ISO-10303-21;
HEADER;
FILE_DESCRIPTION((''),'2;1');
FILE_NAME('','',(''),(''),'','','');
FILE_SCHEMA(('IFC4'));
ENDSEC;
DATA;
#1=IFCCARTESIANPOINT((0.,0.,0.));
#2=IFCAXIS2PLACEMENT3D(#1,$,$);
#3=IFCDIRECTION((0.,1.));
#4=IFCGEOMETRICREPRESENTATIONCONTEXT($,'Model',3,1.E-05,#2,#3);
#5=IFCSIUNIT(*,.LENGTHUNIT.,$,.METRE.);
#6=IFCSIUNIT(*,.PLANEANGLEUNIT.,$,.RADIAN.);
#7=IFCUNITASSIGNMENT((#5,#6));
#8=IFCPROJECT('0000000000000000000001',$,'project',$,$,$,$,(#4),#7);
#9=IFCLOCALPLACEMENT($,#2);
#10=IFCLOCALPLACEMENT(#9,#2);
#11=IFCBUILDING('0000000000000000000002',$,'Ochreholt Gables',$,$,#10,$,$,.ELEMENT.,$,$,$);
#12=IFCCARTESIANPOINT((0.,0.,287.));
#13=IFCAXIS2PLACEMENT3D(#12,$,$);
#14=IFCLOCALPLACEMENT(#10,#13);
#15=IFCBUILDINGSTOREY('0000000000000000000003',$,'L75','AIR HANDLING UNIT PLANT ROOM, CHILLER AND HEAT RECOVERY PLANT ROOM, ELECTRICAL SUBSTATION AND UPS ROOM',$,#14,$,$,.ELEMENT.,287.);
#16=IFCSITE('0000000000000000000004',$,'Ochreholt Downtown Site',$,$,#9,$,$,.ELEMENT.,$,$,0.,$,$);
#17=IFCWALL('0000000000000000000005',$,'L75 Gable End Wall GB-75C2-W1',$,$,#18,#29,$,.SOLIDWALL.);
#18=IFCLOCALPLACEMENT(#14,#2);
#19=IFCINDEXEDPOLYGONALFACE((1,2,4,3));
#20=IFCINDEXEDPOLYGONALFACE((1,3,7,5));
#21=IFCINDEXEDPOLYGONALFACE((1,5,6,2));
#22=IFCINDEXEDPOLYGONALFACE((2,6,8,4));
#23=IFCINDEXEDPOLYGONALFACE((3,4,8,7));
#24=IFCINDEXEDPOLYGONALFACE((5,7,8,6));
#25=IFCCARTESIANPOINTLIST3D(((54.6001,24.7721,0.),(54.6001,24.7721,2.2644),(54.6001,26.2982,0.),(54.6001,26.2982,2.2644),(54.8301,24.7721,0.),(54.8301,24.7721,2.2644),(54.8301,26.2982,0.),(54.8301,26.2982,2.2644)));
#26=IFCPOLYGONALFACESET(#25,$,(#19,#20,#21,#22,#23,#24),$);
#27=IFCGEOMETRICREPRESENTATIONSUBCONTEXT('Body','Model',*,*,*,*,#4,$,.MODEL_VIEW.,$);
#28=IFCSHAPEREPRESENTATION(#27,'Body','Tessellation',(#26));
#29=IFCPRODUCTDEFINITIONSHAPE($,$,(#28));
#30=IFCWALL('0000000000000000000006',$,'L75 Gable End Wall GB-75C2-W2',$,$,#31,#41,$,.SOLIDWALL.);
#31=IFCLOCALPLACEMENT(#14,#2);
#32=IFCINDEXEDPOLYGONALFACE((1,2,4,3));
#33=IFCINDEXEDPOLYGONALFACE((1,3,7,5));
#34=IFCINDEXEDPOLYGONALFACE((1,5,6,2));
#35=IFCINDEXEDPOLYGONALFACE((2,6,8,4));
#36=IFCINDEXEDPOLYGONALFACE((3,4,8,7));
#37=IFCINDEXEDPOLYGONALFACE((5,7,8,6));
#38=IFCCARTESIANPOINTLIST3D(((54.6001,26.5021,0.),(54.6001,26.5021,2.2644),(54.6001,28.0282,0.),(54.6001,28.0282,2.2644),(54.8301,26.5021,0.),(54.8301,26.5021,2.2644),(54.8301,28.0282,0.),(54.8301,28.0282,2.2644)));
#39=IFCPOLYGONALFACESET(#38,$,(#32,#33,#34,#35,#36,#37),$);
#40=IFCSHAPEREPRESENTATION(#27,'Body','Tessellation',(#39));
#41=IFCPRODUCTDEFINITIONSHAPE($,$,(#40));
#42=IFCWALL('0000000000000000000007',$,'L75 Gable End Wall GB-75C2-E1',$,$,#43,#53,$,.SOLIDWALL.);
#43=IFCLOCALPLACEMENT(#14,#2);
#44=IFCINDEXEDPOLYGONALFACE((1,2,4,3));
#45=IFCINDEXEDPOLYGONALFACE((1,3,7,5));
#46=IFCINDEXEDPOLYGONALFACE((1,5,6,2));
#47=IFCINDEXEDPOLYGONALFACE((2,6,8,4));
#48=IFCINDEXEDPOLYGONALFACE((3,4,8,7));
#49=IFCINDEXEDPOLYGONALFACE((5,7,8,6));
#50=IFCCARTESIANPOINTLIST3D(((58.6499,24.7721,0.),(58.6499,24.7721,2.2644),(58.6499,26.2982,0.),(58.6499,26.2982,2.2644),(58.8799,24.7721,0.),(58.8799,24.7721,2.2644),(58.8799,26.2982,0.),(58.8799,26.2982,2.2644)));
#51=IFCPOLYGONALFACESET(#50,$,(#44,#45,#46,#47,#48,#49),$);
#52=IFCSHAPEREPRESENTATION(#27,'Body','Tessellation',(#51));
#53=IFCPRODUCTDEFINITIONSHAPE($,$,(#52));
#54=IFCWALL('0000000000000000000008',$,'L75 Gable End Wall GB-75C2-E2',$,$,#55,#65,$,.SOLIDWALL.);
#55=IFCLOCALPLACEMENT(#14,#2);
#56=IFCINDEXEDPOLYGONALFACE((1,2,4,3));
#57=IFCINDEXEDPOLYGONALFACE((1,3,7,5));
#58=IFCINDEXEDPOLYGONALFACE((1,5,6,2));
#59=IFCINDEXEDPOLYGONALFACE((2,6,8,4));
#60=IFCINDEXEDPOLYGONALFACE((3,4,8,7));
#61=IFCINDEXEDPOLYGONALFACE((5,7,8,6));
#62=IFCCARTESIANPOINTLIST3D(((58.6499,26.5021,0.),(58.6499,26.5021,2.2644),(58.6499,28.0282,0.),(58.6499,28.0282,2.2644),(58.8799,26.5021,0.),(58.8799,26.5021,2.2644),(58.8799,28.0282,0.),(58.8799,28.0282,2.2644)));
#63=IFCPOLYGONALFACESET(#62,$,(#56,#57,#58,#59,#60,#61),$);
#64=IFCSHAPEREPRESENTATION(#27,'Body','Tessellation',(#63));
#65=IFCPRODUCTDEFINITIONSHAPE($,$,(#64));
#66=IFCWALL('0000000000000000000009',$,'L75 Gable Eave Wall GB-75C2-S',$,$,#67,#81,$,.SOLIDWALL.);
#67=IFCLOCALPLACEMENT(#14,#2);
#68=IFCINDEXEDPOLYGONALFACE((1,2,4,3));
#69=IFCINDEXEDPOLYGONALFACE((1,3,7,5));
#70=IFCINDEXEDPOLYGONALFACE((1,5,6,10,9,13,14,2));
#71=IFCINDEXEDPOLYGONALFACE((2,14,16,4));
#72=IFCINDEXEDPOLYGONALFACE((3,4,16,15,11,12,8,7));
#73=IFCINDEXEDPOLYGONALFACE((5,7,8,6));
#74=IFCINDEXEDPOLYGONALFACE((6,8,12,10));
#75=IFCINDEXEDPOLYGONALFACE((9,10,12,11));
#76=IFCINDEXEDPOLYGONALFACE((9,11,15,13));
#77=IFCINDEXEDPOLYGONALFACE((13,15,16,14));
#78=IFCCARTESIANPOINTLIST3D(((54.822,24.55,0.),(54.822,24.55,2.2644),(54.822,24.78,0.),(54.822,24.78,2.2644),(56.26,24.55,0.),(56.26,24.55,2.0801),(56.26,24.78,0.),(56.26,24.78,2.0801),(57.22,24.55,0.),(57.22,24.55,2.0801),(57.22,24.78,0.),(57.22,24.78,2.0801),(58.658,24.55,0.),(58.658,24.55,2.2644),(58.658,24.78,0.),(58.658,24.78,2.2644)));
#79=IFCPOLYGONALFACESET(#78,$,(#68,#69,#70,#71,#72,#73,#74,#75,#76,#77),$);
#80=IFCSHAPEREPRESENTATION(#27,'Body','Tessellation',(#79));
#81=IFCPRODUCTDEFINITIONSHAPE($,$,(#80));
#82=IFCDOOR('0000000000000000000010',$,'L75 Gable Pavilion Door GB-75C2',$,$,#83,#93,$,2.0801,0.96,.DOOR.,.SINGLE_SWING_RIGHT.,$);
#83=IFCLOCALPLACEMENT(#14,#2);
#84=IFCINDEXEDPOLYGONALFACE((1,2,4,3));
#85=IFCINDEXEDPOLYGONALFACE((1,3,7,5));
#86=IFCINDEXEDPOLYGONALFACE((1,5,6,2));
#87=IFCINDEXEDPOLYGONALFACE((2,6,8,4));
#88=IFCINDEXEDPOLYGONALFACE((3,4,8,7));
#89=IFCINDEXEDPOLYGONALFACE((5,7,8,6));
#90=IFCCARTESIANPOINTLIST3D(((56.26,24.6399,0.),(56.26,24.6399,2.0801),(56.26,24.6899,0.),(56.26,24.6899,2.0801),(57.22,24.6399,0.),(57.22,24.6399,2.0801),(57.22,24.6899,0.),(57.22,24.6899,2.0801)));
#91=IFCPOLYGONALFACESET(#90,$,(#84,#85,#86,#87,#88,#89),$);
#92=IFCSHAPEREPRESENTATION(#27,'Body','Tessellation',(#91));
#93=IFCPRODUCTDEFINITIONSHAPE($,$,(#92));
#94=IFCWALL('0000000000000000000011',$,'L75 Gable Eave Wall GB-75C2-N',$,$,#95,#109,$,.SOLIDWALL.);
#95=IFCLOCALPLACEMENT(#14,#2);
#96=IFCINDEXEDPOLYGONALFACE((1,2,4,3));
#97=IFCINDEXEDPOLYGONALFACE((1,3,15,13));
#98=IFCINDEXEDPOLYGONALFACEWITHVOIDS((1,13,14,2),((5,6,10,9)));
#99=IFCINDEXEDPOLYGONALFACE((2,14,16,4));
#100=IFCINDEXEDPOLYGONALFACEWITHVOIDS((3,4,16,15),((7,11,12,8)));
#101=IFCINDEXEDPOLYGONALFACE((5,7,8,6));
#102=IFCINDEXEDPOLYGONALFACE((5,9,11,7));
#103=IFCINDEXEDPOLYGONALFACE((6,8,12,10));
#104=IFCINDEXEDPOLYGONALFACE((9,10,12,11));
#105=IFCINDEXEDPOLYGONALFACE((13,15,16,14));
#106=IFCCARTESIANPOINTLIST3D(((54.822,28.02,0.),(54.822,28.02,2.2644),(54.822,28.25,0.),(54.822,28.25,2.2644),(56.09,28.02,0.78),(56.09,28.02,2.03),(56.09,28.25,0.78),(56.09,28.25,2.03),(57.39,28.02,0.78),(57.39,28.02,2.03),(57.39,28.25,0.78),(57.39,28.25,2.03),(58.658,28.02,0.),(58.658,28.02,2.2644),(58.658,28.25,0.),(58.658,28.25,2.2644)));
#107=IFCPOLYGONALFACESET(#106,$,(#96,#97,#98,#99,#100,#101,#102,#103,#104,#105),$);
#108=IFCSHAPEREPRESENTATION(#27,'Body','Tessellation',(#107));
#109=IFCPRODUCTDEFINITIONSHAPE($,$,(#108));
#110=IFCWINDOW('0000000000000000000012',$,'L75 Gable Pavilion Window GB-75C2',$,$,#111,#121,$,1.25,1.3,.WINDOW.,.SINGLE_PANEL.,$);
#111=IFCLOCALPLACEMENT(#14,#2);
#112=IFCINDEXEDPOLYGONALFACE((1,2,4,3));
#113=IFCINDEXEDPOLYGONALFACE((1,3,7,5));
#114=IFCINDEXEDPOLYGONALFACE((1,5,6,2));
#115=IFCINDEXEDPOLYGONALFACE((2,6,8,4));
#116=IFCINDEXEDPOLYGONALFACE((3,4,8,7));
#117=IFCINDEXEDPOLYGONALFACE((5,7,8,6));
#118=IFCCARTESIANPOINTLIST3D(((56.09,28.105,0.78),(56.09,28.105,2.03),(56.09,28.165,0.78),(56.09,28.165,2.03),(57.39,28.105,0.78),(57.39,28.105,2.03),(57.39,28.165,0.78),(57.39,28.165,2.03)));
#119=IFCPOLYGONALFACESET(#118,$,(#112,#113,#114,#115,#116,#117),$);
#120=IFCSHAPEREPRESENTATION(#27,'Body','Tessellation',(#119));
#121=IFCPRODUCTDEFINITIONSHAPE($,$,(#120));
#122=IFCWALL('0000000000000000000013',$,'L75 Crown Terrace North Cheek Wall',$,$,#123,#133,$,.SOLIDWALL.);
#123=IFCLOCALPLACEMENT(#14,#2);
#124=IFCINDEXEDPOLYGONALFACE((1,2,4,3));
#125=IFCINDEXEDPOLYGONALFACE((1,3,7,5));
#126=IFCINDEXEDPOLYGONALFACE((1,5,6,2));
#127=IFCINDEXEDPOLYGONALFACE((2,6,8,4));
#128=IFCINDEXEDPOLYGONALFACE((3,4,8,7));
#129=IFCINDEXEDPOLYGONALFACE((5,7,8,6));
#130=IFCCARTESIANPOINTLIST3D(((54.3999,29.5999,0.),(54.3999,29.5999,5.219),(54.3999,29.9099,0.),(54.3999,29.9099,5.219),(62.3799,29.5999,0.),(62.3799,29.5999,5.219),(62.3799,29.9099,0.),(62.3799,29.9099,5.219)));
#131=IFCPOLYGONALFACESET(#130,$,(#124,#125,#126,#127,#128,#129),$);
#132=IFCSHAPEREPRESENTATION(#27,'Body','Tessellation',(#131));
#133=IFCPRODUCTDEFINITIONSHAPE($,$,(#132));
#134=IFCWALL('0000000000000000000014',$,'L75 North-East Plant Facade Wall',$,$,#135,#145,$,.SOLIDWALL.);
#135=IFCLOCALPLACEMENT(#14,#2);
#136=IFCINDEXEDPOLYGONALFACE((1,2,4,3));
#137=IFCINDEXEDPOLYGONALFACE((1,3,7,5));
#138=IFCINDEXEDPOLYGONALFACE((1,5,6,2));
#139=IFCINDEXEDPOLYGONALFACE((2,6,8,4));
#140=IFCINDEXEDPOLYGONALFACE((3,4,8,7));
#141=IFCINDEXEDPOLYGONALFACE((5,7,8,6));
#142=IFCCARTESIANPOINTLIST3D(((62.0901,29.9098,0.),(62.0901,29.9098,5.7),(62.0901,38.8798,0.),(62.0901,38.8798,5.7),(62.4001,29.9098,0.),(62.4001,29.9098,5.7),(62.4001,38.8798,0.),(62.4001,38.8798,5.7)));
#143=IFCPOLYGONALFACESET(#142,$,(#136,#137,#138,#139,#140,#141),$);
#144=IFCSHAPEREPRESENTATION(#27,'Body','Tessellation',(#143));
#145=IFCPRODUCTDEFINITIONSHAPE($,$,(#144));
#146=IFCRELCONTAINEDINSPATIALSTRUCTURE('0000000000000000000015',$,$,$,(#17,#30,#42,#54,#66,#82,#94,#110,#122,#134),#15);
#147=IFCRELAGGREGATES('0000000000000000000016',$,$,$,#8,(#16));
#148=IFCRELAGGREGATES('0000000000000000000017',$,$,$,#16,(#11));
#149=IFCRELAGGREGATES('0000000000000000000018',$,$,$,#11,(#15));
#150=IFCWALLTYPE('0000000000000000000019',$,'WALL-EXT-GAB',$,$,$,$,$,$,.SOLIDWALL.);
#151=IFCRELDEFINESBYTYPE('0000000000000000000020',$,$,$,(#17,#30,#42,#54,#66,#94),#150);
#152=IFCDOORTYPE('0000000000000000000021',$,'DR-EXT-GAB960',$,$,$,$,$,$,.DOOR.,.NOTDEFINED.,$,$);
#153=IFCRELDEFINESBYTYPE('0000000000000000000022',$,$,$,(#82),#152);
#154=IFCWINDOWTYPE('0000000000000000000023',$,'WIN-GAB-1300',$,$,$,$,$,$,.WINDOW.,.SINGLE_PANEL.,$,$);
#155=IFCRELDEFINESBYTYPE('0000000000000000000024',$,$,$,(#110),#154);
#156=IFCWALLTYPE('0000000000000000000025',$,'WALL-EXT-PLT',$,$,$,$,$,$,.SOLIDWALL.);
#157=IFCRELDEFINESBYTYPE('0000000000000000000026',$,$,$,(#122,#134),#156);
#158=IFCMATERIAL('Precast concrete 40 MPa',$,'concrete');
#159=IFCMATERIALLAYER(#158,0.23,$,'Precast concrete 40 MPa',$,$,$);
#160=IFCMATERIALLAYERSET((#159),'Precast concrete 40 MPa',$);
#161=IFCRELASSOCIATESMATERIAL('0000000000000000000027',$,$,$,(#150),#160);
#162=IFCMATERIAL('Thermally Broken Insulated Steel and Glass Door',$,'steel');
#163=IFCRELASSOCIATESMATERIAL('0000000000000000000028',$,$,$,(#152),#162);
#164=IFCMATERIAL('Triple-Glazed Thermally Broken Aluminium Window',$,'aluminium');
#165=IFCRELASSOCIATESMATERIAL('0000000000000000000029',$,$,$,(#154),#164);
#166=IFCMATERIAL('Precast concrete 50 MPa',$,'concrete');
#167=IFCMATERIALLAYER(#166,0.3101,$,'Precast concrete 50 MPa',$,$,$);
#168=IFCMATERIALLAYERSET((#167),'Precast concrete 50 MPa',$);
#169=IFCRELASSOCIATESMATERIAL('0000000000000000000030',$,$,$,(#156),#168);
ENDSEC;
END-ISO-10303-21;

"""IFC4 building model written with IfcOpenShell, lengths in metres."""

from ifc_helpers import new_model, si_unit, direction, frame, frame_2d, origin, place, context, subcontext, project, spatial, rectangle, extrude, material, layer, layer_set, type_object, element, fill, save


model = new_model("IFC4")

# Units and contexts
model_context = context("Model", 3, precision=1e-05, world=origin(), true_north=direction((0.0, 1.0)))
body_context = subcontext(model_context, "Body", "Model", "MODEL_VIEW")
ifc_project = project(units=[si_unit("LENGTHUNIT", "METRE"), si_unit("PLANEANGLEUNIT", "RADIAN")], contexts=[model_context])

# Site, building, storey
site_placement = place(None, origin())
site = spatial("IfcSite", under=ifc_project, at=site_placement, Name="Ochreholt Downtown Site", CompositionType="ELEMENT", RefElevation=0.0)
building_placement = place(site_placement, origin())
building = spatial("IfcBuilding", under=site, at=building_placement, Name="Ochreholt Gables", CompositionType="ELEMENT")
storey_placement = place(building_placement, frame((0.0, 0.0, 287.0)))
storey = spatial("IfcBuildingStorey", under=building, at=storey_placement, Name="L75", Description="AIR HANDLING UNIT PLANT ROOM, CHILLER AND HEAT RECOVERY PLANT ROOM, ELECTRICAL SUBSTATION AND UPS ROOM", CompositionType="ELEMENT", Elevation=287.0)

# Shared definitions
ifc_material_1 = material(Name="Precast concrete 40 MPa", Category="concrete")

# Shared definitions
ifc_layer_1 = layer(ifc_material_1, 0.23, Name="Precast concrete 40 MPa")
ifc_layer_set_1 = layer_set([ifc_layer_1], Name="Precast concrete 40 MPa")
wall_type_1 = type_object("IfcWallType", Name="WALL-EXT-GAB", PredefinedType="SOLIDWALL", material=ifc_layer_set_1)
ifc_material_2 = material(Name="Thermally Broken Insulated Steel and Glass Door", Category="steel")
door_type = type_object("IfcDoorType", Name="DR-EXT-GAB960", OperationType="NOTDEFINED", PredefinedType="DOOR", material=ifc_material_2)

# Walls
for number, where, z_axis, x_axis, name in (
    (1, (54.7151, 24.772, 0.0), (0.0, 0.0, 1.0), (0.0, 1.0, 0.0), "L75 Gable End Wall GB-75C2-W1"),
    (2, (54.7151, 26.502, 0.0), (0.0, 0.0, 1.0), (0.0, 1.0, 0.0), "L75 Gable End Wall GB-75C2-W2"),
    (3, (58.7649, 24.772, 0.0), (0.0, 0.0, 1.0), (0.0, 1.0, 0.0), "L75 Gable End Wall GB-75C2-E1"),
    (4, (58.7649, 26.502, 0.0), (0.0, 0.0, 1.0), (0.0, 1.0, 0.0), "L75 Gable End Wall GB-75C2-E2"),
):
    element("IfcWall", number, at=place(storey_placement, frame(where, z_axis=z_axis, x_axis=x_axis)), inside=storey, type_object=wall_type_1, Name=name, PredefinedType="SOLIDWALL", context=body_context, shape_type="SweptSolid", body=[
        extrude(rectangle(XDim=1.5261, YDim=0.23, at=frame_2d((0.7632, 0.0))), origin(), (0.0, 0.0, 1.0), 2.2644),
    ])

# Wall, opening, door
wall_1_placement = place(storey_placement, frame((54.822, 24.665, 0.0), z_axis=(0.0, 0.0, 1.0), x_axis=(1.0, 0.0, 0.0)))
wall_1 = element("IfcWall", 5, at=wall_1_placement, inside=storey, type_object=wall_type_1, Name="L75 Gable Eave Wall GB-75C2-S", PredefinedType="SOLIDWALL", context=body_context, shape_type="SweptSolid", body=[
    extrude(rectangle(XDim=3.8359, YDim=0.23, at=frame_2d((1.918, 0.0))), origin(), (0.0, 0.0, 1.0), 2.2644),
])
opening_1_placement = place(wall_1_placement, frame((1.438, 0.0, 0.0)))
opening_1 = element("IfcOpeningElement", 6, at=opening_1_placement, cuts=wall_1, PredefinedType="OPENING", context=body_context, shape_type="SweptSolid", body=[
    extrude(rectangle(XDim=0.96, YDim=2.0801, at=frame_2d((0.48, 1.04))), frame((0.0, 0.125, 0.0), z_axis=(0.0, -1.0, 0.0), x_axis=(1.0, 0.0, 0.0)), (0.0, 0.0, 1.0), 0.25),
])
door_1_placement = place(opening_1_placement, origin())
door_1 = element("IfcDoor", 7, at=door_1_placement, inside=storey, type_object=door_type, Name="L75 Gable Pavilion Door GB-75C2", OperationType="SINGLE_SWING_RIGHT", OverallHeight=2.0801, OverallWidth=0.96, PredefinedType="DOOR", context=body_context, shape_type="SweptSolid", body=[
    extrude(rectangle(XDim=0.96, YDim=2.0801, at=frame_2d((0.48, 1.04))), frame((0.0, 0.0249, 0.0), z_axis=(0.0, -1.0, 0.0), x_axis=(1.0, 0.0, 0.0)), (0.0, 0.0, 1.0), 0.05),
])
fill(opening_1, door_1)

# Wall, opening, window
wall_2_placement = place(storey_placement, frame((54.822, 28.135, 0.0), z_axis=(0.0, 0.0, 1.0), x_axis=(1.0, 0.0, 0.0)))
wall_2 = element("IfcWall", 8, at=wall_2_placement, inside=storey, type_object=wall_type_1, Name="L75 Gable Eave Wall GB-75C2-N", PredefinedType="SOLIDWALL", context=body_context, shape_type="SweptSolid", body=[
    extrude(rectangle(XDim=3.8359, YDim=0.23, at=frame_2d((1.918, 0.0))), origin(), (0.0, 0.0, 1.0), 2.2644),
])
opening_2_placement = place(wall_2_placement, frame((1.2681, 0.0, 0.78)))
opening_2 = element("IfcOpeningElement", 9, at=opening_2_placement, cuts=wall_2, PredefinedType="OPENING", context=body_context, shape_type="SweptSolid", body=[
    extrude(rectangle(XDim=1.3, YDim=1.25, at=frame_2d((0.6499, 0.625))), frame((0.0, 0.125, 0.0), z_axis=(0.0, -1.0, 0.0), x_axis=(1.0, 0.0, 0.0)), (0.0, 0.0, 1.0), 0.25),
])
ifc_material_3 = material(Name="Triple-Glazed Thermally Broken Aluminium Window", Category="aluminium")
window_type = type_object("IfcWindowType", Name="WIN-GAB-1300", PartitioningType="SINGLE_PANEL", PredefinedType="WINDOW", material=ifc_material_3)
window_placement = place(opening_2_placement, origin())
window = element("IfcWindow", 10, at=window_placement, inside=storey, type_object=window_type, Name="L75 Gable Pavilion Window GB-75C2", OverallHeight=1.25, OverallWidth=1.3, PartitioningType="SINGLE_PANEL", PredefinedType="WINDOW", context=body_context, shape_type="SweptSolid", body=[
    extrude(rectangle(XDim=1.3, YDim=1.25, at=frame_2d((0.6499, 0.625))), frame((0.0, 0.03, 0.0), z_axis=(0.0, -1.0, 0.0), x_axis=(1.0, 0.0, 0.0)), (0.0, 0.0, 1.0), 0.0601),
])
fill(opening_2, window)

# Walls
ifc_material_4 = material(Name="Precast concrete 50 MPa", Category="concrete")
ifc_layer_2 = layer(ifc_material_4, 0.3101, Name="Precast concrete 50 MPa")
ifc_layer_set_2 = layer_set([ifc_layer_2], Name="Precast concrete 50 MPa")
wall_type_2 = type_object("IfcWallType", Name="WALL-EXT-PLT", PredefinedType="SOLIDWALL", material=ifc_layer_set_2)
wall_3_placement = place(storey_placement, frame((54.3999, 29.7549, 0.0), z_axis=(0.0, 0.0, 1.0), x_axis=(1.0, 0.0, 0.0)))
element("IfcWall", 11, at=wall_3_placement, inside=storey, type_object=wall_type_2, Name="L75 Crown Terrace North Cheek Wall", PredefinedType="SOLIDWALL", context=body_context, shape_type="SweptSolid", body=[
    extrude(rectangle(XDim=7.98, YDim=0.3101, at=frame_2d((3.99, 0.0))), origin(), (0.0, 0.0, 1.0), 5.219),
])
wall_4_placement = place(storey_placement, frame((62.2451, 29.9099, 0.0), z_axis=(0.0, 0.0, 1.0), x_axis=(0.0, 1.0, 0.0)))
element("IfcWall", 12, at=wall_4_placement, inside=storey, type_object=wall_type_2, Name="L75 North-East Plant Facade Wall", PredefinedType="SOLIDWALL", context=body_context, shape_type="SweptSolid", body=[
    extrude(rectangle(XDim=8.97, YDim=0.3101, at=frame_2d((4.4849, 0.0))), origin(), (0.0, 0.0, 1.0), 5.7),
])

save(model, "model.ifc")
